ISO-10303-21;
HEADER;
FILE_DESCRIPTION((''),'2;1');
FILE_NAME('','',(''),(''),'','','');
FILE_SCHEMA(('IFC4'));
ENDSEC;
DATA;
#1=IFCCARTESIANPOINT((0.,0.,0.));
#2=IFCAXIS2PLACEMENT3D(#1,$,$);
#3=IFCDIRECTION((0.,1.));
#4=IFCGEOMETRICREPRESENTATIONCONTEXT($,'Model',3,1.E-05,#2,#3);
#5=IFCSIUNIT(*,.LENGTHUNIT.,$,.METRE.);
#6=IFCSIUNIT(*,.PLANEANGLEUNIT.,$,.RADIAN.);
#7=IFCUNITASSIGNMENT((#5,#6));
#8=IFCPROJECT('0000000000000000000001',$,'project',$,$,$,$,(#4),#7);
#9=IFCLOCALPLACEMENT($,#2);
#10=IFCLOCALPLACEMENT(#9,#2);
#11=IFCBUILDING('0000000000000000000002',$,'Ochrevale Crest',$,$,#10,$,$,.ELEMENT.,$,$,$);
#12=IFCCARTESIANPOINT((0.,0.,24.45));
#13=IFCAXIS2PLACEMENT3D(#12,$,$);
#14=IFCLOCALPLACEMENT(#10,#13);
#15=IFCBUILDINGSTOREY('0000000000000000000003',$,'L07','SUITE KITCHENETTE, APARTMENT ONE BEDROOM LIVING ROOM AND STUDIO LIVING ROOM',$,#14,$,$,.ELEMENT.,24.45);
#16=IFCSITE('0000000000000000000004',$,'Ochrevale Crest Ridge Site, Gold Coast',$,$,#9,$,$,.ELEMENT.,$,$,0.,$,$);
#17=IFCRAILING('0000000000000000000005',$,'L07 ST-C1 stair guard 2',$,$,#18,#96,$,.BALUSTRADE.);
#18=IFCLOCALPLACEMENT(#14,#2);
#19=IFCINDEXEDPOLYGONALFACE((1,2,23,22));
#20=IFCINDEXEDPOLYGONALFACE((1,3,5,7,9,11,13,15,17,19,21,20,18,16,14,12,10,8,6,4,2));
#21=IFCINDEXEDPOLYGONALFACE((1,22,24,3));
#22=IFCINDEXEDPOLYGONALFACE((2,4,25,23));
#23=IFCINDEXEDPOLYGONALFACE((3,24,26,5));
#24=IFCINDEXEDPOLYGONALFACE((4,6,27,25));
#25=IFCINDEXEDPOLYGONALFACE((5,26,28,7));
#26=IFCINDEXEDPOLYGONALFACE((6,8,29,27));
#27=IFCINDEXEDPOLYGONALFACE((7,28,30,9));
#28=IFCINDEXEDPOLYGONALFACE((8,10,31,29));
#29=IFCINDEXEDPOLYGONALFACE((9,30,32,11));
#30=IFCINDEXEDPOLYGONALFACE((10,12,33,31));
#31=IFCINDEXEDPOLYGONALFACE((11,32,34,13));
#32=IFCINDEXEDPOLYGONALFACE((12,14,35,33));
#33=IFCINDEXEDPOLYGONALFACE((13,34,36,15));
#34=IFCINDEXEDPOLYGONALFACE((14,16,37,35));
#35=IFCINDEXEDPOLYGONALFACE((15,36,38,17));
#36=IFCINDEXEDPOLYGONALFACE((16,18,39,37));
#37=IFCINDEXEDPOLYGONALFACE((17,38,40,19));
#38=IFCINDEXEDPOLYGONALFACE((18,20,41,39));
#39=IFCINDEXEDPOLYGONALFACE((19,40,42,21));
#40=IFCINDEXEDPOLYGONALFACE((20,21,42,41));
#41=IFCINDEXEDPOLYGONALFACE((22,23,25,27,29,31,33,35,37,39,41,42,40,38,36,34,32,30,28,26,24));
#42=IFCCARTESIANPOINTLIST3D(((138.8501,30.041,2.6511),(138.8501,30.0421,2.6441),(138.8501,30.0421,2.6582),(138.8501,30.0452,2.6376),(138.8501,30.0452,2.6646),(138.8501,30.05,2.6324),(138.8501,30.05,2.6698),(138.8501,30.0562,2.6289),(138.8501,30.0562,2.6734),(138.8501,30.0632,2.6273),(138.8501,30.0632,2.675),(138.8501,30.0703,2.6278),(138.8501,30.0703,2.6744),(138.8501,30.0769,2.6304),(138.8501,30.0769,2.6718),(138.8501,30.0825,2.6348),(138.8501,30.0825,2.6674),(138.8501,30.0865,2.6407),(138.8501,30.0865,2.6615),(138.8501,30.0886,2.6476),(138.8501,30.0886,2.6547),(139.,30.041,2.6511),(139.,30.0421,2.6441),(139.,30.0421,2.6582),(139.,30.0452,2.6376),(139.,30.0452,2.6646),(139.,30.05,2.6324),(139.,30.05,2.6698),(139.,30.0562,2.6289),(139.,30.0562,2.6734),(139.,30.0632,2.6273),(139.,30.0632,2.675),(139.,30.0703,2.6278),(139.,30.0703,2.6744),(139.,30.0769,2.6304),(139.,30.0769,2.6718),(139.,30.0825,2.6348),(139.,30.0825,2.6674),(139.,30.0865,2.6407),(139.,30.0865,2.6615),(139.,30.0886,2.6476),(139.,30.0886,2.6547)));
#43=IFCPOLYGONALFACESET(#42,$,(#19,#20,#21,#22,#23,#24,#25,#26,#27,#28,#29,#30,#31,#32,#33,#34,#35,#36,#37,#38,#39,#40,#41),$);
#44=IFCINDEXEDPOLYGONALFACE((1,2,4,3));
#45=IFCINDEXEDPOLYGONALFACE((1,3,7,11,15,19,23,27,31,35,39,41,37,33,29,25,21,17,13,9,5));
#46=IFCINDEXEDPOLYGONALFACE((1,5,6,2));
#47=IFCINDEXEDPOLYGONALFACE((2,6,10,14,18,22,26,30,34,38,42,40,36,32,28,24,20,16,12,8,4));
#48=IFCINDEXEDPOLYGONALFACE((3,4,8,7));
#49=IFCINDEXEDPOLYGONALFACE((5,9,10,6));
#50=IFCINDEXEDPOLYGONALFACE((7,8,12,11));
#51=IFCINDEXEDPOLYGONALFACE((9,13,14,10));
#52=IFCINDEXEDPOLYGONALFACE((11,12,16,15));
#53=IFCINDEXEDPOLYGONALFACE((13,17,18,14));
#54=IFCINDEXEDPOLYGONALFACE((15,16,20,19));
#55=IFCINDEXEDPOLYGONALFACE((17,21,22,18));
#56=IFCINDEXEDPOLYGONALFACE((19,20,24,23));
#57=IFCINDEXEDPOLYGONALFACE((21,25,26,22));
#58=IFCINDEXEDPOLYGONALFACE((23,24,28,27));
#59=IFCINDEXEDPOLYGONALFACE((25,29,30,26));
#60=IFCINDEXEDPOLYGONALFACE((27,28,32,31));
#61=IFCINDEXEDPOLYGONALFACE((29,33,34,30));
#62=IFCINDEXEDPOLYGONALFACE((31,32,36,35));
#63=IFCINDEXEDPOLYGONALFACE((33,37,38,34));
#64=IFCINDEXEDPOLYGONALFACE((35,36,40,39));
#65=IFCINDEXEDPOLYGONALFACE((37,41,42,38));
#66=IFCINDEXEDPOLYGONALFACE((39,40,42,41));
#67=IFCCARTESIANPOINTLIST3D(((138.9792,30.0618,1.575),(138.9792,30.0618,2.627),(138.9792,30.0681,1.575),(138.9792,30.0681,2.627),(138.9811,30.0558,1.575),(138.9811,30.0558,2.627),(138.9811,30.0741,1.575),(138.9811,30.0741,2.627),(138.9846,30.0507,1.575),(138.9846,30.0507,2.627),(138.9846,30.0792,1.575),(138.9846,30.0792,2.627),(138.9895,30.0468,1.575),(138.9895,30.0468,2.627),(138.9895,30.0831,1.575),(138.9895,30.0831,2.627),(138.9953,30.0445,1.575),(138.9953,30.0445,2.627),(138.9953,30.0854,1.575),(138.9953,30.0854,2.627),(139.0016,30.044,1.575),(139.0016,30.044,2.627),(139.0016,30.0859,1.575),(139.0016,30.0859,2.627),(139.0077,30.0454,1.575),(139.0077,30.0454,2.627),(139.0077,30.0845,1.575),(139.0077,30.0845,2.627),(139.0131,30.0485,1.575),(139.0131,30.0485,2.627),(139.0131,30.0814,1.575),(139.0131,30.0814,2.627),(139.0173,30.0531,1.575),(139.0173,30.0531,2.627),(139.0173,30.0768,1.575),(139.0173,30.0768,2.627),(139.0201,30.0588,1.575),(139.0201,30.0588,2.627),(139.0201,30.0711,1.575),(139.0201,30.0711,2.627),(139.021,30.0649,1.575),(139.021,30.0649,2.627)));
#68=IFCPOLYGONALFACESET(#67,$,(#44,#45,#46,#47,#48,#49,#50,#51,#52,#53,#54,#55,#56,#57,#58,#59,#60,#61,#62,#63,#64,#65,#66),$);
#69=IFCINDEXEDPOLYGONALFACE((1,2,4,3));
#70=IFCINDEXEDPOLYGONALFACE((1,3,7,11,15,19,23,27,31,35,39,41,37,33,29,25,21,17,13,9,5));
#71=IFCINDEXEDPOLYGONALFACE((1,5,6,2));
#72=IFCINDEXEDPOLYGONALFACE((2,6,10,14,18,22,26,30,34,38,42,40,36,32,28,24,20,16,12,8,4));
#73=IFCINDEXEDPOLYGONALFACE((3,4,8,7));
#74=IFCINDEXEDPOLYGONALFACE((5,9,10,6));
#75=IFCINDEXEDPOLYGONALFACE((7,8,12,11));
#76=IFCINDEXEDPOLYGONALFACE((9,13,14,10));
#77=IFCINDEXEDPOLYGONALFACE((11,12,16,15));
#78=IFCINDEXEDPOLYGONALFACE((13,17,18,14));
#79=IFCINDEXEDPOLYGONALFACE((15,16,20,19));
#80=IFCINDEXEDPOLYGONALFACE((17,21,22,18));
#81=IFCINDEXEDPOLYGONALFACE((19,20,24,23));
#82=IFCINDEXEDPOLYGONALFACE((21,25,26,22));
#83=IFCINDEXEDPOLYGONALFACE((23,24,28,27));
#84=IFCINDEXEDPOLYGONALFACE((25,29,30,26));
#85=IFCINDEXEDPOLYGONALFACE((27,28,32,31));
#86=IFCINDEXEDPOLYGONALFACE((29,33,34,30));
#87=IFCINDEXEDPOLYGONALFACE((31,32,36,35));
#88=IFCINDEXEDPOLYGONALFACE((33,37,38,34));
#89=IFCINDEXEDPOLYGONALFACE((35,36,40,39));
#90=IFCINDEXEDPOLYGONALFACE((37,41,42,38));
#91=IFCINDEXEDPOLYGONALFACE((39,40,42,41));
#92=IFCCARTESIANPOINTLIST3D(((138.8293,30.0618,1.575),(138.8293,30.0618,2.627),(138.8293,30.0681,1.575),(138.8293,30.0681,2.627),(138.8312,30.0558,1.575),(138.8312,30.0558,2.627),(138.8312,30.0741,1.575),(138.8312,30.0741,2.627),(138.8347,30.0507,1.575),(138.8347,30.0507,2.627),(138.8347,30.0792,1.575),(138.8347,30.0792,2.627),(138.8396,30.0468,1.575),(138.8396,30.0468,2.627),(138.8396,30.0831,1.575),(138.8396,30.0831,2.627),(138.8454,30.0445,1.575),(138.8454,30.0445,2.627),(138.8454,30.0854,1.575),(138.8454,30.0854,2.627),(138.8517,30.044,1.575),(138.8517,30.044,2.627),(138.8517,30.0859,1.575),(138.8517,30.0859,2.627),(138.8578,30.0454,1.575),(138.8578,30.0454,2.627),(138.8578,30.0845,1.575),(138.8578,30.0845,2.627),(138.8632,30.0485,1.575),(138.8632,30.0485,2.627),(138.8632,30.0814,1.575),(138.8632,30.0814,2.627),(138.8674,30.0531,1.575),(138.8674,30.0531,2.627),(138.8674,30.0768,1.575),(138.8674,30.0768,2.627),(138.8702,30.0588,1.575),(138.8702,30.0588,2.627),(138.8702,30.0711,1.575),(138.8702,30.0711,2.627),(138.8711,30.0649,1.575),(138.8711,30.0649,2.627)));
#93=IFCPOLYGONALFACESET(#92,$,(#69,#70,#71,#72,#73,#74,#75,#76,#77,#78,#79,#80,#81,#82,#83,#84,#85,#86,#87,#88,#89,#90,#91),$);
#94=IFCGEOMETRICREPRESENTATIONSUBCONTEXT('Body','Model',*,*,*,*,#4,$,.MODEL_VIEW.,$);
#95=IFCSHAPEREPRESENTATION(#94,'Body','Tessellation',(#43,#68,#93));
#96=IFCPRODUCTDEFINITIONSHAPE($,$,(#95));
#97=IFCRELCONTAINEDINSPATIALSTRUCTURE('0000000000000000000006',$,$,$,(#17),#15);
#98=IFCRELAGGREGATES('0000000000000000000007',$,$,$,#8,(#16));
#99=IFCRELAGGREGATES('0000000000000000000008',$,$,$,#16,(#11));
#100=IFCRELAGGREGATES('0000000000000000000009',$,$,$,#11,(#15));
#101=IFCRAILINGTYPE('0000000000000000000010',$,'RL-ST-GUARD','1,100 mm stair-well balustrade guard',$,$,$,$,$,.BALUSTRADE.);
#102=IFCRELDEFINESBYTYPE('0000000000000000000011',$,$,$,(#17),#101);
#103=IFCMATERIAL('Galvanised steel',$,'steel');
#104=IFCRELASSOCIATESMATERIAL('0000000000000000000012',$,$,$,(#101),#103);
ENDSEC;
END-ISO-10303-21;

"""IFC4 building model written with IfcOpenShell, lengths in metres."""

from ifc_helpers import new_model, si_unit, direction, frame, origin, origin_2d, place, context, subcontext, project, spatial, circle, extrude, material, type_object, element, save


model = new_model("IFC4")

# Units and contexts
model_context = context("Model", 3, precision=1e-05, world=origin(), true_north=direction((0.0, 1.0)))
body_context = subcontext(model_context, "Body", "Model", "MODEL_VIEW")
ifc_project = project(units=[si_unit("LENGTHUNIT", "METRE"), si_unit("PLANEANGLEUNIT", "RADIAN")], contexts=[model_context])

# Site, building, storey
site_placement = place(None, origin())
site = spatial("IfcSite", under=ifc_project, at=site_placement, Name="Ochrevale Crest Ridge Site, Gold Coast", CompositionType="ELEMENT", RefElevation=0.0)
building_placement = place(site_placement, origin())
building = spatial("IfcBuilding", under=site, at=building_placement, Name="Ochrevale Crest", CompositionType="ELEMENT")
storey_placement = place(building_placement, frame((0.0, 0.0, 24.45)))
storey = spatial("IfcBuildingStorey", under=building, at=storey_placement, Name="L07", Description="SUITE KITCHENETTE, APARTMENT ONE BEDROOM LIVING ROOM AND STUDIO LIVING ROOM", CompositionType="ELEMENT", Elevation=24.45)

# Railing
ifc_material_1 = material(Name="Galvanised steel", Category="steel")
railing_type_1 = type_object("IfcRailingType", Name="RL-ST-GUARD", Description="1,100 mm stair-well balustrade guard", PredefinedType="BALUSTRADE", material=ifc_material_1)
railing_1_placement = place(storey_placement, frame((139.0, 30.0649, 1.575)))
element("IfcRailing", 1, at=railing_1_placement, inside=storey, type_object=railing_type_1, Name="L07 ST-C1 stair guard 2", PredefinedType="BALUSTRADE", context=body_context, shape_type="SweptSolid", body=[
    extrude(circle(Radius=0.0239, at=origin_2d()), frame((0.0, 0.0, 1.0762), z_axis=(-1.0, 0.0, 0.0), x_axis=(0.0, -1.0, 0.0)), (0.0, 0.0, 1.0), 0.1499),
    extrude(circle(Radius=0.021, at=origin_2d()), origin(), (0.0, 0.0, 1.0), 1.052),
    extrude(circle(Radius=0.021, at=origin_2d()), frame((-0.1499, 0.0, 0.0)), (0.0, 0.0, 1.0), 1.052),
])

save(model, "model.ifc")
